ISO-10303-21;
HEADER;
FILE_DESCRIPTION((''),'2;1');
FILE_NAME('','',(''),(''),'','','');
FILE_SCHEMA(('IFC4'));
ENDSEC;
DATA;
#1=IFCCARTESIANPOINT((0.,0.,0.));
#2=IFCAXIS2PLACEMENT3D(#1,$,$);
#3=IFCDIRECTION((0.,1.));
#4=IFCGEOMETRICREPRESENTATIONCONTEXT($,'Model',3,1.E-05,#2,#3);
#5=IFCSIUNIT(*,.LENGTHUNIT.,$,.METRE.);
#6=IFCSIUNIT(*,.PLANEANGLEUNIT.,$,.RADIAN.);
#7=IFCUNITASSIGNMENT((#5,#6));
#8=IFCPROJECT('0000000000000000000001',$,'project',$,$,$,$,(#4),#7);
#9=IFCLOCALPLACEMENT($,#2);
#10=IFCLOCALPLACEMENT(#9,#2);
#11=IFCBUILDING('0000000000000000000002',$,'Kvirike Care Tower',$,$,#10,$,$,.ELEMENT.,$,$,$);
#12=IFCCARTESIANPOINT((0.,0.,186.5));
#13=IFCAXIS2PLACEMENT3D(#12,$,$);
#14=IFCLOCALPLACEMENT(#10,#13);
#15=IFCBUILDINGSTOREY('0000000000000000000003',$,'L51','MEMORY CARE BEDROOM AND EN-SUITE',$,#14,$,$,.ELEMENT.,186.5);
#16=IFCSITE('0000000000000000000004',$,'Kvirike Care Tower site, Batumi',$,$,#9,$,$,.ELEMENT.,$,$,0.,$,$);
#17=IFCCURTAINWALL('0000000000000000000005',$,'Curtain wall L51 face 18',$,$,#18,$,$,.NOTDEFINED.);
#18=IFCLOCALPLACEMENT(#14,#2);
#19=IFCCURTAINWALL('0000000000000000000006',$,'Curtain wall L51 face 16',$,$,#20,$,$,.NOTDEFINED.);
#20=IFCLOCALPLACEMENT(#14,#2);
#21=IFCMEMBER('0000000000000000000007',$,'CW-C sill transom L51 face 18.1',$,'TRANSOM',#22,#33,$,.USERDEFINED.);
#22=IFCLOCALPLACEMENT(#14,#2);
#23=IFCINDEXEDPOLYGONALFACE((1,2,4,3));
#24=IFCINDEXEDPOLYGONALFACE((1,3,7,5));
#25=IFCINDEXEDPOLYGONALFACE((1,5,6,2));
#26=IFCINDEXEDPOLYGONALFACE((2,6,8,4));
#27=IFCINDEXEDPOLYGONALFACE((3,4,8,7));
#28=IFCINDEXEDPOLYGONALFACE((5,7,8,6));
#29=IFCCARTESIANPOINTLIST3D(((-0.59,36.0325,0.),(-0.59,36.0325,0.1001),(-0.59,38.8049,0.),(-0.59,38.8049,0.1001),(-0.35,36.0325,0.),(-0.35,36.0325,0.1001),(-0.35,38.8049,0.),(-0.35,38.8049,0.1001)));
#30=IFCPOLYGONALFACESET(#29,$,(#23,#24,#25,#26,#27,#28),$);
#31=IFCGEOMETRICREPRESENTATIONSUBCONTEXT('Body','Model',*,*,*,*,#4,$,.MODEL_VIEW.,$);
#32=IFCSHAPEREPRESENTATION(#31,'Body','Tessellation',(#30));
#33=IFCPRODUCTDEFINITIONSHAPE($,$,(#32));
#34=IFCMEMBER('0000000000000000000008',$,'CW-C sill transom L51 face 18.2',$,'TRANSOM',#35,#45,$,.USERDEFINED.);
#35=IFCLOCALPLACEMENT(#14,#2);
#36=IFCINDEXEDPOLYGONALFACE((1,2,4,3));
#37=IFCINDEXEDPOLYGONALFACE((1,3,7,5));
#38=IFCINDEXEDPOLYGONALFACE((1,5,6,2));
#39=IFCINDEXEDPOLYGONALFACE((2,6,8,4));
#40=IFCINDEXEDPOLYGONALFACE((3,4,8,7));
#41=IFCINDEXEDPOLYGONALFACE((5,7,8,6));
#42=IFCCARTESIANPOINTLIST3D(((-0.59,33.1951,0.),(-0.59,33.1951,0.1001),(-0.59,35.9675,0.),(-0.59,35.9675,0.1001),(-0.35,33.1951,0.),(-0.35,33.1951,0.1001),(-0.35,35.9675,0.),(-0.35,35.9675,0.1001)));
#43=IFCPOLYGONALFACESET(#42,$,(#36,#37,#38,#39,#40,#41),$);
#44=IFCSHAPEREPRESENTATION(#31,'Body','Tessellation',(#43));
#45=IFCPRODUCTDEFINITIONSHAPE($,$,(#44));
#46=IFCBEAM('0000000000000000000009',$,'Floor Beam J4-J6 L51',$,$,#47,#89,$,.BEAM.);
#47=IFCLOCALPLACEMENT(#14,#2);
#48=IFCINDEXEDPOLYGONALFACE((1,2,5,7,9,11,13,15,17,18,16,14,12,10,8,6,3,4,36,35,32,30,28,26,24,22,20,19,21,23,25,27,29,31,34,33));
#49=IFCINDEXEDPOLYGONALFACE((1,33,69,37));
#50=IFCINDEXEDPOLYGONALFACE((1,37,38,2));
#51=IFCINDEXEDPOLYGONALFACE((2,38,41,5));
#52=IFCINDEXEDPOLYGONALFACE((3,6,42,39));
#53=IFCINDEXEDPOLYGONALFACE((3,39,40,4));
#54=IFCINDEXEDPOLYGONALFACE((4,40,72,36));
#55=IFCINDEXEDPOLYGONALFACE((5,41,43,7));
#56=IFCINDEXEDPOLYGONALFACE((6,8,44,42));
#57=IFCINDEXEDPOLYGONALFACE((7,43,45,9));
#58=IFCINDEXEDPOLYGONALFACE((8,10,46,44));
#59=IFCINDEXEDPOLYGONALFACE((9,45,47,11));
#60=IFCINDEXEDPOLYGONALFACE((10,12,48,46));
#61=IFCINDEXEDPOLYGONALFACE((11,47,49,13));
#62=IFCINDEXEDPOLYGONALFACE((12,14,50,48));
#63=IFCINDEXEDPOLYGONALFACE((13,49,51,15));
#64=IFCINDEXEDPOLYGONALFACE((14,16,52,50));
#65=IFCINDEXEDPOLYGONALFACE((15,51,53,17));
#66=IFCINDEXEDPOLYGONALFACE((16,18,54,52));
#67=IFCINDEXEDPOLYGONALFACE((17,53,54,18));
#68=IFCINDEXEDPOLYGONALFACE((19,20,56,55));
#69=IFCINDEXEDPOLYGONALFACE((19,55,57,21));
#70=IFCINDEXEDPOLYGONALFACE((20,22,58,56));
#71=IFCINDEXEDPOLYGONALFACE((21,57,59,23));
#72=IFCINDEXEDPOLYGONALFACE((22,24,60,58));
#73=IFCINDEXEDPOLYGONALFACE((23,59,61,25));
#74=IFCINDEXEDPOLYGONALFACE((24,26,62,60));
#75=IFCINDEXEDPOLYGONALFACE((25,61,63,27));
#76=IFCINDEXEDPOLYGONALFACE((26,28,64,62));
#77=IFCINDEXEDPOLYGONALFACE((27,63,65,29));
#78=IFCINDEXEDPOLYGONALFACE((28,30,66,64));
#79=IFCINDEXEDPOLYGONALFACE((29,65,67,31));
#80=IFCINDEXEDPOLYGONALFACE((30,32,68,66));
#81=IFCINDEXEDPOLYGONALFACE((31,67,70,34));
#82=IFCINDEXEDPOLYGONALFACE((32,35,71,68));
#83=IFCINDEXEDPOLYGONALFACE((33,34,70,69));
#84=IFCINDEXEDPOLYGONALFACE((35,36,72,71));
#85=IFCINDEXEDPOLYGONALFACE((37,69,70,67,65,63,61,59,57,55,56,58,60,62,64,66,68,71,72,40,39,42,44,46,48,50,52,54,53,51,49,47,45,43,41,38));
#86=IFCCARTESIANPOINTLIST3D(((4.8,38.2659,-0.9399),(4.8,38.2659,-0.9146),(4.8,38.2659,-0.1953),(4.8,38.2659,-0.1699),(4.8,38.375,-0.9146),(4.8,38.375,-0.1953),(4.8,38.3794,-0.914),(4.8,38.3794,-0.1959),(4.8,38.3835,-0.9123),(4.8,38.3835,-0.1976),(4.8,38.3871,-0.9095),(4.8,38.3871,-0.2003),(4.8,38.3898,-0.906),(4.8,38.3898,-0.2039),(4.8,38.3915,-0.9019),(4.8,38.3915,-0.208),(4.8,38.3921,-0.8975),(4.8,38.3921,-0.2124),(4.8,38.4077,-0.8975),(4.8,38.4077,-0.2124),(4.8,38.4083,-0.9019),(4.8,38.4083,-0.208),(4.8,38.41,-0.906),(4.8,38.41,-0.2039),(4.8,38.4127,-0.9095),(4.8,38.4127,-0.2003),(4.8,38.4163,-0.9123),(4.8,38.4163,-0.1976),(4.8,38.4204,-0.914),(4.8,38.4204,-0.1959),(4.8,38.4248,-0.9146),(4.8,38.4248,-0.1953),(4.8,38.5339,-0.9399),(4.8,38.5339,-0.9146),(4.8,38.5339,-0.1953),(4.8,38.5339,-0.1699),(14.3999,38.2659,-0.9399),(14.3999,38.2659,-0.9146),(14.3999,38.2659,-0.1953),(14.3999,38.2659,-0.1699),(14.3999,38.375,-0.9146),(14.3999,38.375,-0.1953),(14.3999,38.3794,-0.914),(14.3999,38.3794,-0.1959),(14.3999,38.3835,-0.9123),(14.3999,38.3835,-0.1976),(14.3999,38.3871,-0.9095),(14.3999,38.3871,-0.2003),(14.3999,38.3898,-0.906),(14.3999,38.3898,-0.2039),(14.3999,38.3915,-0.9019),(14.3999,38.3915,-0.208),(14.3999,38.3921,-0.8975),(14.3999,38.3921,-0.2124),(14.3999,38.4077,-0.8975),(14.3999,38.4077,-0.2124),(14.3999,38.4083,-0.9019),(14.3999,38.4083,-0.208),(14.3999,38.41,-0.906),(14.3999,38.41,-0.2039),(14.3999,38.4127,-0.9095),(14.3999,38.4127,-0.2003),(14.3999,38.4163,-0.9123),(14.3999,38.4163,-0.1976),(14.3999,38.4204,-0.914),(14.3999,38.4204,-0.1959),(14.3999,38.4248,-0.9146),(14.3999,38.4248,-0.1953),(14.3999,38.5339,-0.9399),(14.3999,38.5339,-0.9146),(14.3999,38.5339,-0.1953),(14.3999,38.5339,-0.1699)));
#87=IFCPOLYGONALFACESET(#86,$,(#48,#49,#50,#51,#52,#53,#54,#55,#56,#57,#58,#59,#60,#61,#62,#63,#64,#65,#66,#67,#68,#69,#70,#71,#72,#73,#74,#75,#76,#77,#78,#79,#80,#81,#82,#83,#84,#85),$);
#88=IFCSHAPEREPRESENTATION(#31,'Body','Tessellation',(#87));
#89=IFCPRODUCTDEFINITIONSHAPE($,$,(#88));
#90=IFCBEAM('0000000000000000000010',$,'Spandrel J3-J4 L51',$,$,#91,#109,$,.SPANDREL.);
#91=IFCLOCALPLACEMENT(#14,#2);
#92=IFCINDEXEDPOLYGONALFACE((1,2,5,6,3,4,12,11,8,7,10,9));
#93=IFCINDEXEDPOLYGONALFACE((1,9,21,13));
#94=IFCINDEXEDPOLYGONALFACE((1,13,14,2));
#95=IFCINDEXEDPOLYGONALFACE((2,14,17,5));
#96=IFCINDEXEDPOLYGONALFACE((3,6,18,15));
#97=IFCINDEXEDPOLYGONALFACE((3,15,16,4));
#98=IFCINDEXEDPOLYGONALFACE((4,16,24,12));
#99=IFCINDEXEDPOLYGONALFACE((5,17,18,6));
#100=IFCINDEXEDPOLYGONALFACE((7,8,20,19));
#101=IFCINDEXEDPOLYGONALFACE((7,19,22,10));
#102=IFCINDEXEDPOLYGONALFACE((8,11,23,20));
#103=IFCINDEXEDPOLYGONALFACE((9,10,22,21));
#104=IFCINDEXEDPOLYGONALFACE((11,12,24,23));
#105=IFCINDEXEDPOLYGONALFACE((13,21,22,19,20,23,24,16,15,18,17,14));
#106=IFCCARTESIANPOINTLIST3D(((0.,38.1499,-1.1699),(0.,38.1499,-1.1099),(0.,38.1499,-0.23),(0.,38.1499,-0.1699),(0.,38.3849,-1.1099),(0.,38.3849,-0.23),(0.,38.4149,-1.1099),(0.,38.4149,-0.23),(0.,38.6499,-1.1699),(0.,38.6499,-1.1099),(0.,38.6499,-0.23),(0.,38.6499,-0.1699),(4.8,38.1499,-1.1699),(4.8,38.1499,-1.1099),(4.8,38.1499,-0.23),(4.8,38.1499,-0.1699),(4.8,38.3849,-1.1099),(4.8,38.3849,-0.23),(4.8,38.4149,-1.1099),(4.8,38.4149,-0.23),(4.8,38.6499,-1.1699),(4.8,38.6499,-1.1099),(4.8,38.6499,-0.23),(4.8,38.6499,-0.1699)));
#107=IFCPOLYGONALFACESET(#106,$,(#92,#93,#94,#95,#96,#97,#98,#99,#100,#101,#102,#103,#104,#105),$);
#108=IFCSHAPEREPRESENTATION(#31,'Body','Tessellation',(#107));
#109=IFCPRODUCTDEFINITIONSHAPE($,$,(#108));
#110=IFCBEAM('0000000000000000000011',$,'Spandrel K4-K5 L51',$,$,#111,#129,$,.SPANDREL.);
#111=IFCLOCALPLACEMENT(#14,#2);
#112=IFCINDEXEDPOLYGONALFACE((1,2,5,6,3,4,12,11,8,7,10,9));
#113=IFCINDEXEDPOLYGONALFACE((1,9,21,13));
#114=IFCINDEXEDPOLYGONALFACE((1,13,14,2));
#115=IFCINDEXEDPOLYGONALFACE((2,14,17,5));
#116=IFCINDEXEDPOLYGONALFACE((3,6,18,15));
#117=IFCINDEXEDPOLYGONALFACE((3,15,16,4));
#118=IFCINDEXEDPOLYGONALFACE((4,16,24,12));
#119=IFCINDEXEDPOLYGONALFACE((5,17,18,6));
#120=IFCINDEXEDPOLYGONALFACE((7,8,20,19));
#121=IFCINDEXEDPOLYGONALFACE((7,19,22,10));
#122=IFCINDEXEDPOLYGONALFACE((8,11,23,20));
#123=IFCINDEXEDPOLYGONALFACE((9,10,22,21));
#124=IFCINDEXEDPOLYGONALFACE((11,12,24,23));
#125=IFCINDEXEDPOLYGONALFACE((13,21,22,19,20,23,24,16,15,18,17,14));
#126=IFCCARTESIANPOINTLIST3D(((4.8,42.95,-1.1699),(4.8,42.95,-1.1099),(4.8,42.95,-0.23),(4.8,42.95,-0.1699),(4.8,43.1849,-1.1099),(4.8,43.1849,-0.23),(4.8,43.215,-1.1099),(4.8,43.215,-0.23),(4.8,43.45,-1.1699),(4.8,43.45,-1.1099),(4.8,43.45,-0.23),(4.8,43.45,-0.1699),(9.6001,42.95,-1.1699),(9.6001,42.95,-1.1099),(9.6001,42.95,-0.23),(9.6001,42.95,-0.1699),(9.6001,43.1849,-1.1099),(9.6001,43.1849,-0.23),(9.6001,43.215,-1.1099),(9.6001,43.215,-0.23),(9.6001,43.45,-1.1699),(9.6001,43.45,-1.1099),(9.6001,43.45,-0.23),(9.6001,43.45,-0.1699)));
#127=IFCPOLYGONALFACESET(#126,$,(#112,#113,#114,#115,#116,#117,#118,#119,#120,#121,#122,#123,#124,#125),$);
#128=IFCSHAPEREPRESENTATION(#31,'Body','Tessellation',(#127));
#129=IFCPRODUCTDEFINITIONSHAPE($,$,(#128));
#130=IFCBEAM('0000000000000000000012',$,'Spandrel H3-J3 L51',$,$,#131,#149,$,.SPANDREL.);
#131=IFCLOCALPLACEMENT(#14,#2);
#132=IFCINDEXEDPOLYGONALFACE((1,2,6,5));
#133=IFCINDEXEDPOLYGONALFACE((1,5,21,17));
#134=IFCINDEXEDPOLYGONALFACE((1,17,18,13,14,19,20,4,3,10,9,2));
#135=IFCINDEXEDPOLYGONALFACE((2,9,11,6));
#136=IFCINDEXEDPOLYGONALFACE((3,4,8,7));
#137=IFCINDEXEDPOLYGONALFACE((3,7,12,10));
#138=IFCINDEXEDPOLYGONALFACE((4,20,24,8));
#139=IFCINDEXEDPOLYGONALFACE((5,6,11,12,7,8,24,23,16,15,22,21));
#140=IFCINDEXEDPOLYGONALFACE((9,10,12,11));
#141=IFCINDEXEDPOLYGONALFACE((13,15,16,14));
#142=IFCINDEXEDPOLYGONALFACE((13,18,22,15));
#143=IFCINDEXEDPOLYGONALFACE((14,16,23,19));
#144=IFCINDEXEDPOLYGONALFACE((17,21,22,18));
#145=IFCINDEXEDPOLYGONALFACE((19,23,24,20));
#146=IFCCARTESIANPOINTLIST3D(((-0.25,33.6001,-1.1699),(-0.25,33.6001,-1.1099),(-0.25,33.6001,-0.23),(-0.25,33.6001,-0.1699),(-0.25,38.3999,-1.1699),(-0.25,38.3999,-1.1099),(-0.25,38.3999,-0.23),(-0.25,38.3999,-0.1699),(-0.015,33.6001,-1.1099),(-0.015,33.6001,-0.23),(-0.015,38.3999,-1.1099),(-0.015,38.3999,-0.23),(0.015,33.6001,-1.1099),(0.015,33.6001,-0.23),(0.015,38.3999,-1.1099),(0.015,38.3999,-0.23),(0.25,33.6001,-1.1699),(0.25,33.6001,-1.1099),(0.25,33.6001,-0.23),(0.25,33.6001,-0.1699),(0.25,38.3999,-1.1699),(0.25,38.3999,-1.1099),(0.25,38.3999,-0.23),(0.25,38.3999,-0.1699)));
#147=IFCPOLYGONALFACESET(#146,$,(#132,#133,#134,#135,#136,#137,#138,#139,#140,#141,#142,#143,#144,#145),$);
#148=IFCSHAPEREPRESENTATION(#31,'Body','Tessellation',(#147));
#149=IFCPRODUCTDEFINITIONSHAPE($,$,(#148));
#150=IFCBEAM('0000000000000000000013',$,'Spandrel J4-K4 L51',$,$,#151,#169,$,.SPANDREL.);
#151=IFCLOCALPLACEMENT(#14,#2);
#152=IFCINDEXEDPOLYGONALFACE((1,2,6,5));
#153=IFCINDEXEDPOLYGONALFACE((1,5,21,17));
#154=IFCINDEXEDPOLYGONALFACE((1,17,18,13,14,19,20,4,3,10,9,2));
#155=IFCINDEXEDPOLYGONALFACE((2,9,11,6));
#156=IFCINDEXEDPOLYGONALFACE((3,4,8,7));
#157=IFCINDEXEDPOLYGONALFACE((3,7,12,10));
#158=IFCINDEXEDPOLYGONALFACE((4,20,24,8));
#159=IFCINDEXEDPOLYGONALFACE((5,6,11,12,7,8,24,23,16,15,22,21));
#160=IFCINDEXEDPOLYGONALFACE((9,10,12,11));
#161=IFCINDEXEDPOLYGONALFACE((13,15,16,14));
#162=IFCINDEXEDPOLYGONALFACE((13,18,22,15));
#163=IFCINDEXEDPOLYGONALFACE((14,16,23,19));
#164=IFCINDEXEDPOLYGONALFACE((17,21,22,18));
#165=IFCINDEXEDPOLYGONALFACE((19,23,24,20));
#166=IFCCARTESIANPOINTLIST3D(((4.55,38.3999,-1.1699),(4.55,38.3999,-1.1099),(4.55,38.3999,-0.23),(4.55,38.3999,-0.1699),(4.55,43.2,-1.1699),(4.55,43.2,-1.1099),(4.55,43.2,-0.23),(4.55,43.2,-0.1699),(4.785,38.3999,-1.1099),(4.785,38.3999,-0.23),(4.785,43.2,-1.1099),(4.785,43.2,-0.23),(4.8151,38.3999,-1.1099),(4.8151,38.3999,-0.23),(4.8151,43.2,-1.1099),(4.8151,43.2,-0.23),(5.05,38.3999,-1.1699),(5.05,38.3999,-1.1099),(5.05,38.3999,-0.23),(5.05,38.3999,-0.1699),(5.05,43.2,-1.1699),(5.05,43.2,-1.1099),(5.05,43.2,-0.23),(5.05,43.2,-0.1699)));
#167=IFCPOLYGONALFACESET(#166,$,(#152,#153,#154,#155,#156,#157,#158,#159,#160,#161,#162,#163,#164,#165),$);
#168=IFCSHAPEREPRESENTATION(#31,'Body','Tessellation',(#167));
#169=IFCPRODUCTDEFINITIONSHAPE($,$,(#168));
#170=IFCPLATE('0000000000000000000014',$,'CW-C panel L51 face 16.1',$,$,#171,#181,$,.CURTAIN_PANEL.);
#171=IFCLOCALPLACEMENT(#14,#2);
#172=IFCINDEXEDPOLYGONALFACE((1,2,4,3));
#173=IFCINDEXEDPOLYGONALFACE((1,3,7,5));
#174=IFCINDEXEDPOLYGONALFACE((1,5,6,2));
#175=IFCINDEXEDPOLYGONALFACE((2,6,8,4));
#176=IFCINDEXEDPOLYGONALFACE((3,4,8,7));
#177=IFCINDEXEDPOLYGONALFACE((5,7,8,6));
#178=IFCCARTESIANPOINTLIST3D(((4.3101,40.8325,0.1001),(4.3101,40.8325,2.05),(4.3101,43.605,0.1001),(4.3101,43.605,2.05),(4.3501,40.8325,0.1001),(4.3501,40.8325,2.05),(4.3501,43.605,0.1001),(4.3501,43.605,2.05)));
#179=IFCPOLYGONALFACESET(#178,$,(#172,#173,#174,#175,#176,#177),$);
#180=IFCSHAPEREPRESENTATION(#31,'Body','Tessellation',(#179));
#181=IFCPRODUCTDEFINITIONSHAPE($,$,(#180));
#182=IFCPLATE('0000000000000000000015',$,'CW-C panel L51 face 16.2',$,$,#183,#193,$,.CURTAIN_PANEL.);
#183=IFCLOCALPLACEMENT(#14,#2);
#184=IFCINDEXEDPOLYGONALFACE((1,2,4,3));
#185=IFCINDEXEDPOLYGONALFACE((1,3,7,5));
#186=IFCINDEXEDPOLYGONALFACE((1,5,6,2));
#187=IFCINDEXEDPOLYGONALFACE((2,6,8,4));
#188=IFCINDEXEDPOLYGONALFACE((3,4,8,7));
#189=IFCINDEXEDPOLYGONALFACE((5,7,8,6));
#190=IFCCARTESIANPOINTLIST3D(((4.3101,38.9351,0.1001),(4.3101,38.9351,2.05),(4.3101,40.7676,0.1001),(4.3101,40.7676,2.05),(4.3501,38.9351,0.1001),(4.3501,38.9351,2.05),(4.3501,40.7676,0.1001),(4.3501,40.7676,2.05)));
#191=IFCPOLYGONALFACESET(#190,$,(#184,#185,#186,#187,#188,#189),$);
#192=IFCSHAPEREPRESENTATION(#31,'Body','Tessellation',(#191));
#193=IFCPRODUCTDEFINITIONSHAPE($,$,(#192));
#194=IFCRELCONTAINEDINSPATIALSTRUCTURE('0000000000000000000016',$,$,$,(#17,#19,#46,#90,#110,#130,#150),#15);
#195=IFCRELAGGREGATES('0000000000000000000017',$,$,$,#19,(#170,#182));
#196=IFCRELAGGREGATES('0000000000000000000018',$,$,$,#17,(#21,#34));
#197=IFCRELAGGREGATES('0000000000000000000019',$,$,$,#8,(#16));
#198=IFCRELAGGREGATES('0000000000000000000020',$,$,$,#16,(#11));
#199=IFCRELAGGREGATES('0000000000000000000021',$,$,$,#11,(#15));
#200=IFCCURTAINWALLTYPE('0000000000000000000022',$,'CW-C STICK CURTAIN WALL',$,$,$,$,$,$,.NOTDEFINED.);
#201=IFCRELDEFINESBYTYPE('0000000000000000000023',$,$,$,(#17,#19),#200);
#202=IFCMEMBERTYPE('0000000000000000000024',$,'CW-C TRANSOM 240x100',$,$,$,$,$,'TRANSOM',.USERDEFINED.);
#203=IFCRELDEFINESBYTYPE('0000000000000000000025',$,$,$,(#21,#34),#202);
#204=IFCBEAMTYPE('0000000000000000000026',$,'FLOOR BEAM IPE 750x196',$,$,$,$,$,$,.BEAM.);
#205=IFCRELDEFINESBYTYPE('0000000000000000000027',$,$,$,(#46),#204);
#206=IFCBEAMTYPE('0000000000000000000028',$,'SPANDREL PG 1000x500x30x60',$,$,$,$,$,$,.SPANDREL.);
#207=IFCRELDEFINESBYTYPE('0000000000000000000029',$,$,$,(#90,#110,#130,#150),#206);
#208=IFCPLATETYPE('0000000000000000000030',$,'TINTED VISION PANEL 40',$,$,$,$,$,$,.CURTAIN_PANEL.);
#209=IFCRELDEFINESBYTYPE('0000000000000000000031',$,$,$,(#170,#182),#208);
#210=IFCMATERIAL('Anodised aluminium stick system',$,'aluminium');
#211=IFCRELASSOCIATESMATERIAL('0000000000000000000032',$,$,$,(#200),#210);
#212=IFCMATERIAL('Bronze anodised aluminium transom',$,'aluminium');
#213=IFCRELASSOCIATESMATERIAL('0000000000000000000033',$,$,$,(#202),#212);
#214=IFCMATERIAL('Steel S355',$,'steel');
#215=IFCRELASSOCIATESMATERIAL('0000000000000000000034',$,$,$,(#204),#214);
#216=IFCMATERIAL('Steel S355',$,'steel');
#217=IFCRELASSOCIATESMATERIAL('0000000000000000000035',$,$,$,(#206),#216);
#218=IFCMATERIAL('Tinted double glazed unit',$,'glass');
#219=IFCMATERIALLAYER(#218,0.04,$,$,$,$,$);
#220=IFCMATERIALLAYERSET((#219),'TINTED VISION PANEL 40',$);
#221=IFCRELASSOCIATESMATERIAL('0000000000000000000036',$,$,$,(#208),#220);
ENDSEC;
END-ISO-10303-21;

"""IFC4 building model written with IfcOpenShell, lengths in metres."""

from ifc_helpers import new_model, si_unit, direction, frame, origin, origin_2d, place, context, subcontext, project, spatial, rectangle, i_section, extrude, material, layer, layer_set, material_profile, profile_set, type_object, element, aggregate, save


model = new_model("IFC4")

# Units and contexts
model_context = context("Model", 3, precision=1e-05, world=origin(), true_north=direction((0.0, 1.0)))
body_context = subcontext(model_context, "Body", "Model", "MODEL_VIEW")
ifc_project = project(units=[si_unit("LENGTHUNIT", "METRE"), si_unit("PLANEANGLEUNIT", "RADIAN")], contexts=[model_context])

# Site, building, storey
site_placement = place(None, origin())
site = spatial("IfcSite", under=ifc_project, at=site_placement, Name="Kvirike Care Tower site, Batumi", CompositionType="ELEMENT", RefElevation=0.0)
building_placement = place(site_placement, origin())
building = spatial("IfcBuilding", under=site, at=building_placement, Name="Kvirike Care Tower", CompositionType="ELEMENT")
storey_placement = place(building_placement, frame((0.0, 0.0, 186.5)))
storey = spatial("IfcBuildingStorey", under=building, at=storey_placement, Name="L51", Description="MEMORY CARE BEDROOM AND EN-SUITE", CompositionType="ELEMENT", Elevation=186.5)

# Curtain wall
ifc_material_1 = material(Name="Anodised aluminium stick system", Category="aluminium")
curtain_wall_type = type_object("IfcCurtainWallType", Name="CW-C STICK CURTAIN WALL", PredefinedType="NOTDEFINED", material=ifc_material_1)
curtain_wall_1_placement = place(storey_placement, origin())
curtain_wall_1 = element("IfcCurtainWall", 1, at=curtain_wall_1_placement, inside=storey, type_object=curtain_wall_type, Name="Curtain wall L51 face 18", PredefinedType="NOTDEFINED")

# Curtain wall
curtain_wall_2_placement = place(storey_placement, origin())
curtain_wall_2 = element("IfcCurtainWall", 2, at=curtain_wall_2_placement, inside=storey, type_object=curtain_wall_type, Name="Curtain wall L51 face 16", PredefinedType="NOTDEFINED")

# Members
ifc_material_2 = material(Name="Bronze anodised aluminium transom", Category="aluminium")
ifc_material_profile_1 = material_profile(ifc_material_2, rectangle(XDim=0.24, YDim=0.1001, at=origin_2d()), Name="CW-C TRANSOM 240x100")
ifc_profile_set_1 = profile_set([ifc_material_profile_1], Name="Bronze anodised aluminium transom")
member_type_1 = type_object("IfcMemberType", Name="CW-C TRANSOM 240x100", ElementType="TRANSOM", PredefinedType="USERDEFINED", material=ifc_profile_set_1)
member_1_placement = place(storey_placement, frame((-0.47, 38.8049, 0.05), z_axis=(0.0, -1.0, 0.0), x_axis=(1.0, 0.0, 0.0)))
member_1 = element("IfcMember", 3, at=member_1_placement, type_object=member_type_1, Name="CW-C sill transom L51 face 18.1", ObjectType="TRANSOM", PredefinedType="USERDEFINED", context=body_context, shape_type="SweptSolid", body=[
    extrude(rectangle(XDim=0.24, YDim=0.1001, at=origin_2d()), origin(), (0.0, 0.0, 1.0), 2.7725),
])
member_2_placement = place(storey_placement, frame((-0.47, 35.9675, 0.05), z_axis=(0.0, -1.0, 0.0), x_axis=(1.0, 0.0, 0.0)))
member_2 = element("IfcMember", 4, at=member_2_placement, type_object=member_type_1, Name="CW-C sill transom L51 face 18.2", ObjectType="TRANSOM", PredefinedType="USERDEFINED", context=body_context, shape_type="SweptSolid", body=[
    extrude(rectangle(XDim=0.24, YDim=0.1001, at=origin_2d()), origin(), (0.0, 0.0, 1.0), 2.7725),
])

# Beams
ifc_material_3 = material(Name="Steel S355", Category="steel")
ifc_material_profile_2 = material_profile(ifc_material_3, i_section(OverallWidth=0.2681, OverallDepth=0.77, WebThickness=0.0156, FlangeThickness=0.0254, FilletRadius=0.0171, at=origin_2d()), Name="IPE 750x196")
ifc_profile_set_2 = profile_set([ifc_material_profile_2], Name="Steel S355")
beam_type_1 = type_object("IfcBeamType", Name="FLOOR BEAM IPE 750x196", PredefinedType="BEAM", material=ifc_profile_set_2)
beam_1_placement = place(storey_placement, frame((4.8, 38.3999, -0.5549), z_axis=(1.0, 0.0, 0.0), x_axis=(0.0, 1.0, 0.0)))
element("IfcBeam", 5, at=beam_1_placement, inside=storey, type_object=beam_type_1, Name="Floor Beam J4-J6 L51", PredefinedType="BEAM", context=body_context, shape_type="SweptSolid", body=[
    extrude(i_section(OverallWidth=0.2681, OverallDepth=0.77, WebThickness=0.0156, FlangeThickness=0.0254, FilletRadius=0.0171, at=origin_2d()), origin(), (0.0, 0.0, 1.0), 9.5999),
])
ifc_material_4 = material(Name="Steel S355", Category="steel")
ifc_material_profile_3 = material_profile(ifc_material_4, i_section(OverallWidth=0.5, OverallDepth=1.0, WebThickness=0.03, FlangeThickness=0.0601, at=origin_2d()), Name="PG 1000x500x30x60")
ifc_profile_set_3 = profile_set([ifc_material_profile_3], Name="Steel S355")
beam_type_2 = type_object("IfcBeamType", Name="SPANDREL PG 1000x500x30x60", PredefinedType="SPANDREL", material=ifc_profile_set_3)
for number, where, z_axis, x_axis, name in (
    (6, (0.0, 38.3999, -0.6699), (1.0, 0.0, 0.0), (0.0, 1.0, 0.0), "Spandrel J3-J4 L51"),
    (7, (4.8, 43.2, -0.6699), (1.0, 0.0, 0.0), (0.0, 1.0, 0.0), "Spandrel K4-K5 L51"),
):
    element("IfcBeam", number, at=place(storey_placement, frame(where, z_axis=z_axis, x_axis=x_axis)), inside=storey, type_object=beam_type_2, Name=name, PredefinedType="SPANDREL", context=body_context, shape_type="SweptSolid", body=[
        extrude(i_section(OverallWidth=0.5, OverallDepth=1.0, WebThickness=0.03, FlangeThickness=0.0601, at=origin_2d()), origin(), (0.0, 0.0, 1.0), 4.8),
    ])
beam_2_placement = place(storey_placement, frame((0.0, 33.6001, -0.6699), z_axis=(0.0, 1.0, 0.0), x_axis=(-1.0, 0.0, 0.0)))
element("IfcBeam", 8, at=beam_2_placement, inside=storey, type_object=beam_type_2, Name="Spandrel H3-J3 L51", PredefinedType="SPANDREL", context=body_context, shape_type="SweptSolid", body=[
    extrude(i_section(OverallWidth=0.5, OverallDepth=1.0, WebThickness=0.03, FlangeThickness=0.0601, at=origin_2d()), origin(), (0.0, 0.0, 1.0), 4.7998),
])
beam_3_placement = place(storey_placement, frame((4.8, 38.3999, -0.6699), z_axis=(0.0, 1.0, 0.0), x_axis=(-1.0, 0.0, 0.0)))
element("IfcBeam", 9, at=beam_3_placement, inside=storey, type_object=beam_type_2, Name="Spandrel J4-K4 L51", PredefinedType="SPANDREL", context=body_context, shape_type="SweptSolid", body=[
    extrude(i_section(OverallWidth=0.5, OverallDepth=1.0, WebThickness=0.03, FlangeThickness=0.0601, at=origin_2d()), origin(), (0.0, 0.0, 1.0), 4.8),
])

# Plates
ifc_material_5 = material(Name="Tinted double glazed unit", Category="glass")
ifc_layer_1 = layer(ifc_material_5, 0.04)
ifc_layer_set_1 = layer_set([ifc_layer_1], Name="TINTED VISION PANEL 40")
plate_type = type_object("IfcPlateType", Name="TINTED VISION PANEL 40", PredefinedType="CURTAIN_PANEL", material=ifc_layer_set_1)
plate_1_placement = place(storey_placement, frame((4.3301, 42.2188, 0.1001), z_axis=(0.0, 0.0, 1.0), x_axis=(0.0, -1.0, 0.0)))
plate_1 = element("IfcPlate", 10, at=plate_1_placement, type_object=plate_type, Name="CW-C panel L51 face 16.1", PredefinedType="CURTAIN_PANEL", context=body_context, shape_type="SweptSolid", body=[
    extrude(rectangle(XDim=2.7725, YDim=0.04, at=origin_2d()), origin(), (0.0, 0.0, 1.0), 1.95),
])
plate_2_placement = place(storey_placement, frame((4.3301, 39.8513, 0.1001), z_axis=(0.0, 0.0, 1.0), x_axis=(0.0, -1.0, 0.0)))
plate_2 = element("IfcPlate", 11, at=plate_2_placement, type_object=plate_type, Name="CW-C panel L51 face 16.2", PredefinedType="CURTAIN_PANEL", context=body_context, shape_type="SweptSolid", body=[
    extrude(rectangle(XDim=1.8325, YDim=0.04, at=origin_2d()), origin(), (0.0, 0.0, 1.0), 1.95),
])
aggregate(curtain_wall_2, [plate_1, plate_2])
aggregate(curtain_wall_1, [member_1, member_2])

save(model, "model.ifc")
